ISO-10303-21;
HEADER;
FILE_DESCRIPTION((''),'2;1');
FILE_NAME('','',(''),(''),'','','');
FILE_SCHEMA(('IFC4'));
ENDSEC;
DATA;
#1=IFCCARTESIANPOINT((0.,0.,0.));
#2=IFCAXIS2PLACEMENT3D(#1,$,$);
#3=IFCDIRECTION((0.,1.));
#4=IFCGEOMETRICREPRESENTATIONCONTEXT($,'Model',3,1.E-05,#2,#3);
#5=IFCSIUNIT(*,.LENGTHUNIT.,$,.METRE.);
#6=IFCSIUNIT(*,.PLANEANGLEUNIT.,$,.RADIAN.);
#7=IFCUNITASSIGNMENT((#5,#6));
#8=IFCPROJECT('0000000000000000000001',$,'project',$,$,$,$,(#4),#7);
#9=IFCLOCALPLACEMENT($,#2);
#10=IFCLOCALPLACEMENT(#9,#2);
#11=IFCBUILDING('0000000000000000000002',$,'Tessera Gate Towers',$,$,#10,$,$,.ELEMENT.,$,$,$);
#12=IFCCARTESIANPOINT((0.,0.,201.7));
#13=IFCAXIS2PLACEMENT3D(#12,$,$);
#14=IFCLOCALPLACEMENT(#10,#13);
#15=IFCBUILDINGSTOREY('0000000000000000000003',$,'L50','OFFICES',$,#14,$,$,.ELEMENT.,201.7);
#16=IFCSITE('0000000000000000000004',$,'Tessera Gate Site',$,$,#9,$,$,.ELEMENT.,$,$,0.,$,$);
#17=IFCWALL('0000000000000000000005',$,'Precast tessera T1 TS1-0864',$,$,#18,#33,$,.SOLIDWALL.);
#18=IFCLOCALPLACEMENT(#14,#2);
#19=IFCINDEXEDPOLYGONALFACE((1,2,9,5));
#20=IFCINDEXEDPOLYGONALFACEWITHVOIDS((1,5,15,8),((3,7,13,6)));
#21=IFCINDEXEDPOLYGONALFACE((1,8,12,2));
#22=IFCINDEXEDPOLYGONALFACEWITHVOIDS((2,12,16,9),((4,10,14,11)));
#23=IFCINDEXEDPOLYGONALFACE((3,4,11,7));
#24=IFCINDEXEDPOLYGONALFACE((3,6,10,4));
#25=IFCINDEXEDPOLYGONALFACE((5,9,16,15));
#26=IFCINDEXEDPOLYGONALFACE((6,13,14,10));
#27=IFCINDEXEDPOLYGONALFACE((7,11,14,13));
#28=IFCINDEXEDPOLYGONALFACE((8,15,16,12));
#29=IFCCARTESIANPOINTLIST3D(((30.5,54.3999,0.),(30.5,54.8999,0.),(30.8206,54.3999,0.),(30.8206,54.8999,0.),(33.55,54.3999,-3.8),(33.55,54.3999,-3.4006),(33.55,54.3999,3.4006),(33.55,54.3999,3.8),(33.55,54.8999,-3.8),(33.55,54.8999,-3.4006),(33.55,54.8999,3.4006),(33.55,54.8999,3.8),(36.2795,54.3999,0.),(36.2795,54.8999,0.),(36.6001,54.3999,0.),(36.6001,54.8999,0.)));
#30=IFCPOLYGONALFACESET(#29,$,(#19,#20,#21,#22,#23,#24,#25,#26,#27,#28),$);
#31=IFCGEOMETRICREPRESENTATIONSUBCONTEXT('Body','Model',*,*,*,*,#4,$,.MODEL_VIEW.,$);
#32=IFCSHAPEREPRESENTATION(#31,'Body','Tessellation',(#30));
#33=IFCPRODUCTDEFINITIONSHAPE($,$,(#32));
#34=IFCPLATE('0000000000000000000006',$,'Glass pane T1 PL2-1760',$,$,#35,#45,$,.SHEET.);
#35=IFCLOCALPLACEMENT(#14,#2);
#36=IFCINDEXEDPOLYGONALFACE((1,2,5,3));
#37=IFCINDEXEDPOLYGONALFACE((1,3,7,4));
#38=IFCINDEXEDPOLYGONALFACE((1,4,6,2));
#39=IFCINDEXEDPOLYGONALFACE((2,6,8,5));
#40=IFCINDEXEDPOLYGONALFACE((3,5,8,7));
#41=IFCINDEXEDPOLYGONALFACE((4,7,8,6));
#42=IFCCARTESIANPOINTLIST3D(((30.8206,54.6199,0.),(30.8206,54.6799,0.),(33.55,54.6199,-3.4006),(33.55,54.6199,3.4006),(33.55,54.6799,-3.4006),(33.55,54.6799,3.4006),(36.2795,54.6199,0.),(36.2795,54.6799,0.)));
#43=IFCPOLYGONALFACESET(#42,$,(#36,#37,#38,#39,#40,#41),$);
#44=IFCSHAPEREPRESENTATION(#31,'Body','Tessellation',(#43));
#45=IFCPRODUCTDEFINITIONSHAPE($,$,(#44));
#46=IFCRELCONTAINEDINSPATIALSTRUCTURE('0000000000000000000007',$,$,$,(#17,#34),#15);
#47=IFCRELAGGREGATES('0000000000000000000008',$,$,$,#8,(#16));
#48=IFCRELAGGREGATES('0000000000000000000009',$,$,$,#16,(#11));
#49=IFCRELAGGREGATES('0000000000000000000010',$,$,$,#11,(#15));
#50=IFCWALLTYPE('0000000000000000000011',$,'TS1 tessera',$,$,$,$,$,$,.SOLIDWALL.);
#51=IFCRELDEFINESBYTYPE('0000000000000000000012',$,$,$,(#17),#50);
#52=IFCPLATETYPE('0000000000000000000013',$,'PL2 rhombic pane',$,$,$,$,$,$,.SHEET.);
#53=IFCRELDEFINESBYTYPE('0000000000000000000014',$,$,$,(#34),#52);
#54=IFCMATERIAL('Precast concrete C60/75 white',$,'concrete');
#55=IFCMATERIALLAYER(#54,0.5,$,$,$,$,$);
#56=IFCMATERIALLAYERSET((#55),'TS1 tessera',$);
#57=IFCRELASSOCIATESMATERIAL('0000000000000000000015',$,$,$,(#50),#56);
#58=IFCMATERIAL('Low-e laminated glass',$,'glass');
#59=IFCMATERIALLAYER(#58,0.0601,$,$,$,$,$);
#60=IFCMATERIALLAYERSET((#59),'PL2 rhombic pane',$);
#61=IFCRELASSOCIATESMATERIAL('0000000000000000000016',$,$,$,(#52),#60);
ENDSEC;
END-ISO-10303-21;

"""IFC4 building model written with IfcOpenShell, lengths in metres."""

from ifc_helpers import new_model, si_unit, direction, frame, origin, place, context, subcontext, project, spatial, polyline, outline, extrude, source, transform, mapped, material, layer, layer_set, type_object, element, fill, save


model = new_model("IFC4")

# Units and contexts
model_context = context("Model", 3, precision=1e-05, world=origin(), true_north=direction((0.0, 1.0)))
body_context = subcontext(model_context, "Body", "Model", "MODEL_VIEW")
ifc_project = project(units=[si_unit("LENGTHUNIT", "METRE"), si_unit("PLANEANGLEUNIT", "RADIAN")], contexts=[model_context])

# Site, building, storey
site_placement = place(None, origin())
site = spatial("IfcSite", under=ifc_project, at=site_placement, Name="Tessera Gate Site", CompositionType="ELEMENT", RefElevation=0.0)
building_placement = place(site_placement, origin())
building = spatial("IfcBuilding", under=site, at=building_placement, Name="Tessera Gate Towers", CompositionType="ELEMENT")
storey_placement = place(building_placement, frame((0.0, 0.0, 201.7)))
storey = spatial("IfcBuildingStorey", under=building, at=storey_placement, Name="L50", Description="OFFICES", CompositionType="ELEMENT", Elevation=201.7)

# Wall, opening, plate
ifc_material_1 = material(Name="Precast concrete C60/75 white", Category="concrete")
ifc_layer_1 = layer(ifc_material_1, 0.5)
ifc_layer_set_1 = layer_set([ifc_layer_1], Name="TS1 tessera")
wall_type_1 = type_object("IfcWallType", Name="TS1 tessera", PredefinedType="SOLIDWALL", material=ifc_layer_set_1)
shared_shape_1 = source(origin(), body_context, "Body", "SweptSolid", [
    extrude(outline(polyline([(3.05, 0.0), (6.1001, 3.8), (3.05, 7.6001), (0.0, 3.8), (3.05, 0.0)])), frame((0.0, 0.25, 0.0), z_axis=(0.0, -1.0, 0.0), x_axis=(1.0, 0.0, 0.0)), (0.0, 0.0, 1.0), 0.5),
])
wall_1_placement = place(storey_placement, frame((36.6001, 54.6499, -3.8), z_axis=(0.0, 0.0, 1.0), x_axis=(-1.0, 0.0, 0.0)))
wall_1 = element("IfcWall", 1, at=wall_1_placement, inside=storey, type_object=wall_type_1, Name="Precast tessera T1 TS1-0864", PredefinedType="SOLIDWALL", context=body_context, shape_type="MappedRepresentation", body=[
    mapped(shared_shape_1, transform((0.0, 0.0, 0.0), scale=1.0)),
])
shared_shape_2 = source(origin(), body_context, "Body", "SweptSolid", [
    extrude(outline(polyline([(3.05, 0.3994), (5.7795, 3.8), (3.05, 7.2007), (0.3206, 3.8), (3.05, 0.3994)])), frame((0.0, 0.26, 0.0), z_axis=(0.0, -1.0, 0.0), x_axis=(1.0, 0.0, 0.0)), (0.0, 0.0, 1.0), 0.52),
])
opening_1_placement = place(wall_1_placement, origin())
opening_1 = element("IfcOpeningElement", 2, at=opening_1_placement, cuts=wall_1, PredefinedType="OPENING", context=body_context, shape_type="MappedRepresentation", body=[
    mapped(shared_shape_2, transform((0.0, 0.0, 0.0), scale=1.0)),
])
ifc_material_2 = material(Name="Low-e laminated glass", Category="glass")
ifc_layer_2 = layer(ifc_material_2, 0.0601)
ifc_layer_set_2 = layer_set([ifc_layer_2], Name="PL2 rhombic pane")
plate_type = type_object("IfcPlateType", Name="PL2 rhombic pane", PredefinedType="SHEET", material=ifc_layer_set_2)
shared_shape_3 = source(origin(), body_context, "Body", "SweptSolid", [
    extrude(outline(polyline([(3.05, 0.3994), (5.7795, 3.8), (3.05, 7.2007), (0.3206, 3.8), (3.05, 0.3994)])), frame((0.0, 0.03, 0.0), z_axis=(0.0, -1.0, 0.0), x_axis=(1.0, 0.0, 0.0)), (0.0, 0.0, 1.0), 0.0601),
])
plate_placement = place(opening_1_placement, origin())
plate = element("IfcPlate", 3, at=plate_placement, inside=storey, type_object=plate_type, Name="Glass pane T1 PL2-1760", PredefinedType="SHEET", context=body_context, shape_type="MappedRepresentation", body=[
    mapped(shared_shape_3, transform((0.0, 0.0, 0.0), scale=1.0)),
])
fill(opening_1, plate)

save(model, "model.ifc")
